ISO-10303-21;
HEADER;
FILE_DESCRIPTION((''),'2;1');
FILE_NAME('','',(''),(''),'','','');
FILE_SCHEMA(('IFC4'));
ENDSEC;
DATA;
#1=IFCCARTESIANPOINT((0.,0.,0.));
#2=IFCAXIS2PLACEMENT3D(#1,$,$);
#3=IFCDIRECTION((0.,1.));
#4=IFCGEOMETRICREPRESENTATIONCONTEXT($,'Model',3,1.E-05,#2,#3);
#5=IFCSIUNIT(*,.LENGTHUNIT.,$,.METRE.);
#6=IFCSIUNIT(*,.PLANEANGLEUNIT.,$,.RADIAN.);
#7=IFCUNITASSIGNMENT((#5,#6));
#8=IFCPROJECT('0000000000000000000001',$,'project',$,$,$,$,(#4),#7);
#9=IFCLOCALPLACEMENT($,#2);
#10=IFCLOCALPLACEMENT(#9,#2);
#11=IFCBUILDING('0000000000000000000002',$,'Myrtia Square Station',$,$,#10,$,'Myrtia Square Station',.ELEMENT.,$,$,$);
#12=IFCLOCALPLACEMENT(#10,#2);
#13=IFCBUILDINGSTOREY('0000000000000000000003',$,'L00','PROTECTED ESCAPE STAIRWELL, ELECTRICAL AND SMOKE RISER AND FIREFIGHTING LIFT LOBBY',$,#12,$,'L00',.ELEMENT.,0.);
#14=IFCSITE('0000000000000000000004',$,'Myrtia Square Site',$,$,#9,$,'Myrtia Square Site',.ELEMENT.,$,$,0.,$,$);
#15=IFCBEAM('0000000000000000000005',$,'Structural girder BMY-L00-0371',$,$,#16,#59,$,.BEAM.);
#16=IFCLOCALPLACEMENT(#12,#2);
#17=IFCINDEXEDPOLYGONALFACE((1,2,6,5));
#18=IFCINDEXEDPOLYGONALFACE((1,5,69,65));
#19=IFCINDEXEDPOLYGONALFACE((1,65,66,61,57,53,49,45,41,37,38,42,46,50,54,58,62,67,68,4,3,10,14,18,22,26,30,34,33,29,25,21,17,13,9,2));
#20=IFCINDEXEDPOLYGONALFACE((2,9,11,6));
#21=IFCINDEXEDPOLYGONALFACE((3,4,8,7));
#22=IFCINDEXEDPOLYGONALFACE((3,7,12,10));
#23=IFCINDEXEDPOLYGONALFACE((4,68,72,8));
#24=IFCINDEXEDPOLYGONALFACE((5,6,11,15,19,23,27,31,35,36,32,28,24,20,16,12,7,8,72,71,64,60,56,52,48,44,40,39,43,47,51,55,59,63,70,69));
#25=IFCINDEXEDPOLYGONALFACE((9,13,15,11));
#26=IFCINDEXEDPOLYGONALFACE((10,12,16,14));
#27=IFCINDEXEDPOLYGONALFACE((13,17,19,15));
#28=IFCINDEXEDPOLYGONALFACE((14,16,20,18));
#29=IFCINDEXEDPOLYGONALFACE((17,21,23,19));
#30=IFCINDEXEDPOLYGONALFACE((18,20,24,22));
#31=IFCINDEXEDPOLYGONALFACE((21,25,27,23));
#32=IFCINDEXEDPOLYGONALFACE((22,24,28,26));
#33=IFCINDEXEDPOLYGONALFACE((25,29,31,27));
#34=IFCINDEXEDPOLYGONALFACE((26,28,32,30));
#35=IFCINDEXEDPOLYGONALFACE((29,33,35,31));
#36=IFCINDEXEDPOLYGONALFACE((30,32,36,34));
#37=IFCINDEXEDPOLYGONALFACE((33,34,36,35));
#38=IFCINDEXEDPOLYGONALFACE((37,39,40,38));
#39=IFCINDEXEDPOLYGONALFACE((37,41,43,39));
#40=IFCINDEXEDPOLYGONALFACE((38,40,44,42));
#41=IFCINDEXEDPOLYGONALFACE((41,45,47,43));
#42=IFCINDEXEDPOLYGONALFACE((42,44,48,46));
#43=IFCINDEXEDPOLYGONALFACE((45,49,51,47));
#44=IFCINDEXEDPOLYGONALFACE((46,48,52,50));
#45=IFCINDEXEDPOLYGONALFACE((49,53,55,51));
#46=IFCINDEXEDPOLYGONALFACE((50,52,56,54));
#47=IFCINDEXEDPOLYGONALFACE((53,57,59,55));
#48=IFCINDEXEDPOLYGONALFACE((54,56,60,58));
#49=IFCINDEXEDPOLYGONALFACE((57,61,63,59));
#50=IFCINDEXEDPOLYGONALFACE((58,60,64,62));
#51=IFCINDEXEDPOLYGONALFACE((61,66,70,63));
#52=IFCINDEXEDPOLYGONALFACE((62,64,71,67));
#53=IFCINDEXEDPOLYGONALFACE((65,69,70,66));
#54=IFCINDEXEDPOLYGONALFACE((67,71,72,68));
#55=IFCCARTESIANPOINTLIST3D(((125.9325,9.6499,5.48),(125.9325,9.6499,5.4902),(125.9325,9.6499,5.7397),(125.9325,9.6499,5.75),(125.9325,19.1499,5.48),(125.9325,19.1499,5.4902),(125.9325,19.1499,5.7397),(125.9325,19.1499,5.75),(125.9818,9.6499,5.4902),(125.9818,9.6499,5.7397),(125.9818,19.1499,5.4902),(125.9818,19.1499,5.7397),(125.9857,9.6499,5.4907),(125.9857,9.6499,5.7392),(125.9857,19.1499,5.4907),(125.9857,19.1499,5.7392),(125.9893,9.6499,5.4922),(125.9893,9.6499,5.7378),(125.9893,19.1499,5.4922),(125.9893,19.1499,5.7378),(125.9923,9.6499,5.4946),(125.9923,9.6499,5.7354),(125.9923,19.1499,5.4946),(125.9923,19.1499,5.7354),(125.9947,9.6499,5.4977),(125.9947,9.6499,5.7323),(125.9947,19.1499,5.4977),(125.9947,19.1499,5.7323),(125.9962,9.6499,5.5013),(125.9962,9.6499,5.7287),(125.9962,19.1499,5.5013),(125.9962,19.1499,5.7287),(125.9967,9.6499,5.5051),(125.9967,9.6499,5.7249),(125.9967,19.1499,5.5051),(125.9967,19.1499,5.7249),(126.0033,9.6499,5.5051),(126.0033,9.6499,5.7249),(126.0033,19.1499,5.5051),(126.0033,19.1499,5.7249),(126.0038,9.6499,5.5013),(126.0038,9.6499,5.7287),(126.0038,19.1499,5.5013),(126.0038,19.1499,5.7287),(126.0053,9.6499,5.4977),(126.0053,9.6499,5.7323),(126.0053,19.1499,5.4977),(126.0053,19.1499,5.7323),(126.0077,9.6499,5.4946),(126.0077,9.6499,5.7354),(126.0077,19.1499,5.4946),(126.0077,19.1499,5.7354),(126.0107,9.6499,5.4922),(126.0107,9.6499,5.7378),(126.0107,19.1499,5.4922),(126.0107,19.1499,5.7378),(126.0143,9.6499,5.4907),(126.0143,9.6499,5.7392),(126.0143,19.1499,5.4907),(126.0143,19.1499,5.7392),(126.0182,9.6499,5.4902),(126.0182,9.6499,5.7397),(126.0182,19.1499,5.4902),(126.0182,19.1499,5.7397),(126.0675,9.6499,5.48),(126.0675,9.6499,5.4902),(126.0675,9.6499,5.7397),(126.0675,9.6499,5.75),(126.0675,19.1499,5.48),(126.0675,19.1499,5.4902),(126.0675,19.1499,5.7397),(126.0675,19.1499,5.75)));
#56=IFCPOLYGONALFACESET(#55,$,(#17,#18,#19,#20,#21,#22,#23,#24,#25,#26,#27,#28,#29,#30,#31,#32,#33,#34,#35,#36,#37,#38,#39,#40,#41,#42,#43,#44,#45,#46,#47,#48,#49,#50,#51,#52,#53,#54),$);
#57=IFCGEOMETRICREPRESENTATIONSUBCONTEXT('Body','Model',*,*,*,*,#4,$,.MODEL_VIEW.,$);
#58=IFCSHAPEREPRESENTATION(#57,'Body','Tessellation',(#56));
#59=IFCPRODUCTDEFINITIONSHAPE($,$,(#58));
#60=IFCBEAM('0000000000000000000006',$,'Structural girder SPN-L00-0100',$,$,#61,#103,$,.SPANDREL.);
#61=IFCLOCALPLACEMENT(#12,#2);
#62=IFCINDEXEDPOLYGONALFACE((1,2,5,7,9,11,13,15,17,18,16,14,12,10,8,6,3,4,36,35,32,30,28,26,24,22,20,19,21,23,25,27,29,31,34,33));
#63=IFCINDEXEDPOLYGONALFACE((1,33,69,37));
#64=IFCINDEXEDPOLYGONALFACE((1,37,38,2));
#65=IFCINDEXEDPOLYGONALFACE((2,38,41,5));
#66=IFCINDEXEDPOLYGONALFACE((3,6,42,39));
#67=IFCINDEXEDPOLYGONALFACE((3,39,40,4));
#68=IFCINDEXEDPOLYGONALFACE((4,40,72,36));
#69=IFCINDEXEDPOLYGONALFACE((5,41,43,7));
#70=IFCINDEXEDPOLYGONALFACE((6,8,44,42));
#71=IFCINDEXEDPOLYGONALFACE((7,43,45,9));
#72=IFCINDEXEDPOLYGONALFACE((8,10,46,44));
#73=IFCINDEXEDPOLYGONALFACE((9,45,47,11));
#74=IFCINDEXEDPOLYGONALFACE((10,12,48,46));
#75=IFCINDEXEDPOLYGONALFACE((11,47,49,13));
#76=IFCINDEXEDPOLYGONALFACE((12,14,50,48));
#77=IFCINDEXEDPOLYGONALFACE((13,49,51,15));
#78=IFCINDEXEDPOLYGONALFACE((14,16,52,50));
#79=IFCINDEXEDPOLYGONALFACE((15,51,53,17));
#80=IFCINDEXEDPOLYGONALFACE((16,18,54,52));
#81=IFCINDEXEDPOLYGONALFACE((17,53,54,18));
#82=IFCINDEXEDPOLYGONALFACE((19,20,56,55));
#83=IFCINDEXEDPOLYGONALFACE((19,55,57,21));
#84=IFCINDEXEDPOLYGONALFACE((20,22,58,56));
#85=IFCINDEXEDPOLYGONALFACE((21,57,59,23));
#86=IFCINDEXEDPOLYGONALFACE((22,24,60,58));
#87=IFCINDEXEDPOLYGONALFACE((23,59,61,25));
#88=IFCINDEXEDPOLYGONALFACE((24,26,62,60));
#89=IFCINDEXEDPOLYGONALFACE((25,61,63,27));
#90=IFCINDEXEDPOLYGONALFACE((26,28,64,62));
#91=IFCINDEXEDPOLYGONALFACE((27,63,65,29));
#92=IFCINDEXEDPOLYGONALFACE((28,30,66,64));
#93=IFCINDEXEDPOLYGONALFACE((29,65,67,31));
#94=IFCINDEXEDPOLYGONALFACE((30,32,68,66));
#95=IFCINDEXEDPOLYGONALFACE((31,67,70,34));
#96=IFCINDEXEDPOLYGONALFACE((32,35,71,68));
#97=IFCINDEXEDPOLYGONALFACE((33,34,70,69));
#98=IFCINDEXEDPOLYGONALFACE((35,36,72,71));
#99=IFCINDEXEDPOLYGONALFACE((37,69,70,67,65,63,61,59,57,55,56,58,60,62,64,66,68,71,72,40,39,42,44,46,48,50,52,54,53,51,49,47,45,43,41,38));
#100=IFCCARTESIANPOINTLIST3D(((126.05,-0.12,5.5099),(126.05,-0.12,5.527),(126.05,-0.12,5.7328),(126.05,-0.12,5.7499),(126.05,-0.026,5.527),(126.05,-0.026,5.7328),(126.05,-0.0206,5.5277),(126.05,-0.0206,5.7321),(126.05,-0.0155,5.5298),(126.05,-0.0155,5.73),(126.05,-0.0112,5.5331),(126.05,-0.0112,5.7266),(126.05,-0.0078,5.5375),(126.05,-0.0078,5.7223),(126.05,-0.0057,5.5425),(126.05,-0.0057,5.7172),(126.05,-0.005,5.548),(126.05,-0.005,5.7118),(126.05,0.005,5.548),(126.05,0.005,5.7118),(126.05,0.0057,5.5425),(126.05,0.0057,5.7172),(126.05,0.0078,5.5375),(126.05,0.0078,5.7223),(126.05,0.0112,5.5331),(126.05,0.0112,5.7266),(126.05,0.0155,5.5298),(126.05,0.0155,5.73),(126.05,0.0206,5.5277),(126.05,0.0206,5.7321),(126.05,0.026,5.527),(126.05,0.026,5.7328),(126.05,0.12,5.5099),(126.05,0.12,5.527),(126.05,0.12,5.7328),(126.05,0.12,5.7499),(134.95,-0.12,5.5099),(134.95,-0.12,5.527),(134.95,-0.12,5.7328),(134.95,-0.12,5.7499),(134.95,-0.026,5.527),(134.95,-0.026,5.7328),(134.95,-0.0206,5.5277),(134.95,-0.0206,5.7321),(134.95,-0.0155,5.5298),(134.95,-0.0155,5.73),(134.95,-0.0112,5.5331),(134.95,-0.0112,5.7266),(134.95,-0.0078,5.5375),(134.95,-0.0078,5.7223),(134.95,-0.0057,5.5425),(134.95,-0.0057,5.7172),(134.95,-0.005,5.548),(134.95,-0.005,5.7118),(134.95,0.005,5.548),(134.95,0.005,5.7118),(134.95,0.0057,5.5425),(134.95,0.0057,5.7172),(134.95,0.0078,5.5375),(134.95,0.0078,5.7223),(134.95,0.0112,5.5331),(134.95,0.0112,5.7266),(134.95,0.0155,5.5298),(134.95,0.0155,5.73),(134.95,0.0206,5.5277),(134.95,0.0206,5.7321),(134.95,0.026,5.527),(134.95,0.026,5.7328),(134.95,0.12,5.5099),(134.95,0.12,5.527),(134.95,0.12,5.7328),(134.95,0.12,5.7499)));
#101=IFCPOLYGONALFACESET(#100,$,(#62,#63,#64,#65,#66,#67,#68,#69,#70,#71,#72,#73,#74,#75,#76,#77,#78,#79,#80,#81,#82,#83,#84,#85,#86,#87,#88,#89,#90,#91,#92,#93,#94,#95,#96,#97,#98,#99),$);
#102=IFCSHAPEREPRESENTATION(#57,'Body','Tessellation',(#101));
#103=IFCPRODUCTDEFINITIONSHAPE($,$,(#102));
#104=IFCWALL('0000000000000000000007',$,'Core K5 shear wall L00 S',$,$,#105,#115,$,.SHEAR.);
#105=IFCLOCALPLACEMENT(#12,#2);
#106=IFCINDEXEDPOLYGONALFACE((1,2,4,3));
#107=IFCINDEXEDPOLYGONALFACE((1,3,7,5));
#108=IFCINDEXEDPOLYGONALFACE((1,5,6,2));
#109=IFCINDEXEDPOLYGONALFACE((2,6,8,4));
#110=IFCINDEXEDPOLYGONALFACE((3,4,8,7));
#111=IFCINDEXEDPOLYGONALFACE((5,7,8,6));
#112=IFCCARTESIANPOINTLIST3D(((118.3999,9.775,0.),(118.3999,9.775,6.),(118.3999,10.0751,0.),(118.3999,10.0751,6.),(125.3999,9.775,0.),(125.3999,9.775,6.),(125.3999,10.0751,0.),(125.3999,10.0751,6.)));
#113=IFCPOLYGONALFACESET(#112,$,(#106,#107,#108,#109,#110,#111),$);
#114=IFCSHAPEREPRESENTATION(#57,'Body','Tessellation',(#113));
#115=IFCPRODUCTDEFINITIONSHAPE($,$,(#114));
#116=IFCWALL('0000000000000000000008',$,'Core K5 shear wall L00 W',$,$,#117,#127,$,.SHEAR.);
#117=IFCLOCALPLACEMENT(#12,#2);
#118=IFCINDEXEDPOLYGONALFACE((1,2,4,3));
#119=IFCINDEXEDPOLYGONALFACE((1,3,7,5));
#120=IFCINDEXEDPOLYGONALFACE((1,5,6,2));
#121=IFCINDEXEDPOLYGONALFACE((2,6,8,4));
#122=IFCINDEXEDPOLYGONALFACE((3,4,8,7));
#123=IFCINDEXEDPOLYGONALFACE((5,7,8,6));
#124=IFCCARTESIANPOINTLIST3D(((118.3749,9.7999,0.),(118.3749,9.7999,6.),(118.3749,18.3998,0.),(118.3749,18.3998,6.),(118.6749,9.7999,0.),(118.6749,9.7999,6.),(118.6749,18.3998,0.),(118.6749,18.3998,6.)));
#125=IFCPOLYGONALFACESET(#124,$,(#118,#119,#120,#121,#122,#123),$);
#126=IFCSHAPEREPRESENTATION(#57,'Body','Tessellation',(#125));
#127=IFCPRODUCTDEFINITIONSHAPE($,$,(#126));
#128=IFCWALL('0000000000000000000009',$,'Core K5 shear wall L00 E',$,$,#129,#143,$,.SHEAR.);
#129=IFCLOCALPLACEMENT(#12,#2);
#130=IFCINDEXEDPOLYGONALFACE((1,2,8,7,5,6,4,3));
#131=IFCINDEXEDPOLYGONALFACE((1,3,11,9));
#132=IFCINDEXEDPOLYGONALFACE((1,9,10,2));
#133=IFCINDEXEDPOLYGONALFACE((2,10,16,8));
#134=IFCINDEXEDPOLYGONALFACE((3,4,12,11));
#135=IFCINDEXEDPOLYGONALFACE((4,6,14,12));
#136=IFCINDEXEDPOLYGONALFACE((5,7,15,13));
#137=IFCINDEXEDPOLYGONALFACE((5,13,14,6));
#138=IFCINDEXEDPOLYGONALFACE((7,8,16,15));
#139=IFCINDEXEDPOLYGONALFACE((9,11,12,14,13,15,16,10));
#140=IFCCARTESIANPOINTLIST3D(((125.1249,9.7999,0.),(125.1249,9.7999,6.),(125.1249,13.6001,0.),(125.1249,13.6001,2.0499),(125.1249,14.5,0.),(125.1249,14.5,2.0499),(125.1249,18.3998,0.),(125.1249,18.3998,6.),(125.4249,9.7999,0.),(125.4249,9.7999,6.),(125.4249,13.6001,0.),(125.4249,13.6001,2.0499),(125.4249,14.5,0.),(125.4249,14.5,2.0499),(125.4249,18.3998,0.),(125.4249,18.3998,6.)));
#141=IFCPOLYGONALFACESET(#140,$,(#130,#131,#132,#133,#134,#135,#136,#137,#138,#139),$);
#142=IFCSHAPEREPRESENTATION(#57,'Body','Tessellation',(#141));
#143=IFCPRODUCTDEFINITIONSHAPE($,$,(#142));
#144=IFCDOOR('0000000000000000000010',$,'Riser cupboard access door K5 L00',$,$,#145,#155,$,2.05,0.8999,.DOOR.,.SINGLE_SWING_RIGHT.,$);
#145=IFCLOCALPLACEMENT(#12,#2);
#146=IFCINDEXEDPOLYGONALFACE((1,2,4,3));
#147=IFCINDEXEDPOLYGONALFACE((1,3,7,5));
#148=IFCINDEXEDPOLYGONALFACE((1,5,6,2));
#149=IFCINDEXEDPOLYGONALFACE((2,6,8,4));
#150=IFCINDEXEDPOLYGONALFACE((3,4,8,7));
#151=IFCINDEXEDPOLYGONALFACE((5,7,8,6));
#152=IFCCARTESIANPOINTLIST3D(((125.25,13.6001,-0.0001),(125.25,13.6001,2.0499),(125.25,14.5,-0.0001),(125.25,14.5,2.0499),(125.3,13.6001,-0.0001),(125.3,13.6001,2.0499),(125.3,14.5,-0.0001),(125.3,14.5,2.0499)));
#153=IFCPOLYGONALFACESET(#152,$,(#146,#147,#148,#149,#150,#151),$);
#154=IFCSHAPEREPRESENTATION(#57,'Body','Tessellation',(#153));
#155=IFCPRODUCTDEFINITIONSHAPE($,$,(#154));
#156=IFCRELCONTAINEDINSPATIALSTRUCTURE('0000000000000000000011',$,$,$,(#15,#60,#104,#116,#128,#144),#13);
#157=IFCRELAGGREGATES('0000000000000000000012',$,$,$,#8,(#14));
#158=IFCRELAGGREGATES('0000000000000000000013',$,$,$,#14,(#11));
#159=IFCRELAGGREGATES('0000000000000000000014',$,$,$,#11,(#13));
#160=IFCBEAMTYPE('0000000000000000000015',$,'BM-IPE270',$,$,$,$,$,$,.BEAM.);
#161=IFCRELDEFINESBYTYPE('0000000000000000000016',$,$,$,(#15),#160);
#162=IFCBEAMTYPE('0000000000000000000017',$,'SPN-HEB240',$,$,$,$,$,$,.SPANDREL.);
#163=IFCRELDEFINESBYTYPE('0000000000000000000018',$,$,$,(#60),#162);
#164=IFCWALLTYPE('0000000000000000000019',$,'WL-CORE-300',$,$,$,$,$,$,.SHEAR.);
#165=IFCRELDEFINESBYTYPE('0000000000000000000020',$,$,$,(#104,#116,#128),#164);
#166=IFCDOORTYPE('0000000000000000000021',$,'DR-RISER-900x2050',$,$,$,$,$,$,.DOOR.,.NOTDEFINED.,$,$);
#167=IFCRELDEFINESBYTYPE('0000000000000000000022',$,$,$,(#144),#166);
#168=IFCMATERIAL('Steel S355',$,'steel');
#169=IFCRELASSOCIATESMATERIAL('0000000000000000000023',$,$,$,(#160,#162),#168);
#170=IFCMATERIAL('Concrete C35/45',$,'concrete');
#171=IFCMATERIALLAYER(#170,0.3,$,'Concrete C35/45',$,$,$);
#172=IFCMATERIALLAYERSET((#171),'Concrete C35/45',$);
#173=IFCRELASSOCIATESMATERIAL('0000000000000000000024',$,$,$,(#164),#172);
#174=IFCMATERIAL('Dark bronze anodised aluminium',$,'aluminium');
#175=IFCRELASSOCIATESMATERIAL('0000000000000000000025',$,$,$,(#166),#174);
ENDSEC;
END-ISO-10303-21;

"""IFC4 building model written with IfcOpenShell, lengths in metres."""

from ifc_helpers import new_model, si_unit, direction, frame, frame_2d, origin, origin_2d, place, context, subcontext, project, spatial, rectangle, i_section, extrude, material, layer, layer_set, material_profile, profile_set, type_object, element, fill, save


model = new_model("IFC4")

# Units and contexts
model_context = context("Model", 3, precision=1e-05, world=origin(), true_north=direction((0.0, 1.0)))
body_context = subcontext(model_context, "Body", "Model", "MODEL_VIEW")
ifc_project = project(units=[si_unit("LENGTHUNIT", "METRE"), si_unit("PLANEANGLEUNIT", "RADIAN")], contexts=[model_context])

# Site, building, storey
site_placement = place(None, origin())
site = spatial("IfcSite", under=ifc_project, at=site_placement, Name="Myrtia Square Site", LongName="Myrtia Square Site", CompositionType="ELEMENT", RefElevation=0.0)
building_placement = place(site_placement, origin())
building = spatial("IfcBuilding", under=site, at=building_placement, Name="Myrtia Square Station", LongName="Myrtia Square Station", CompositionType="ELEMENT")
storey_placement = place(building_placement, origin())
storey = spatial("IfcBuildingStorey", under=building, at=storey_placement, Name="L00", Description="PROTECTED ESCAPE STAIRWELL, ELECTRICAL AND SMOKE RISER AND FIREFIGHTING LIFT LOBBY", LongName="L00", CompositionType="ELEMENT", Elevation=0.0)

# Shared definitions
ifc_material_1 = material(Name="Steel S355", Category="steel")

# Beams
ifc_material_profile_1 = material_profile(ifc_material_1, i_section(OverallWidth=0.135, OverallDepth=0.27, WebThickness=0.0066, FlangeThickness=0.0103, FilletRadius=0.0149, at=origin_2d()), Name="IPE 270")
ifc_profile_set_1 = profile_set([ifc_material_profile_1], Name="Steel S355")
beam_type_1 = type_object("IfcBeamType", Name="BM-IPE270", PredefinedType="BEAM", material=ifc_profile_set_1)
for number, where, z_axis, x_axis, name in (
    (1, (126.0, 9.6499, 5.615), (0.0, 1.0, 0.0), (-1.0, 0.0, 0.0), "Structural girder BMY-L00-0371"),
):
    element("IfcBeam", number, at=place(storey_placement, frame(where, z_axis=z_axis, x_axis=x_axis)), inside=storey, type_object=beam_type_1, Name=name, PredefinedType="BEAM", context=body_context, shape_type="SweptSolid", body=[
        extrude(i_section(OverallWidth=0.135, OverallDepth=0.27, WebThickness=0.0066, FlangeThickness=0.0103, FilletRadius=0.0149, at=origin_2d()), origin(), (0.0, 0.0, 1.0), 9.5),
    ])
ifc_material_profile_2 = material_profile(ifc_material_1, i_section(OverallWidth=0.24, OverallDepth=0.24, WebThickness=0.01, FlangeThickness=0.0171, FilletRadius=0.021, at=origin_2d()), Name="HEB 240")
ifc_profile_set_2 = profile_set([ifc_material_profile_2], Name="Steel S355")
beam_type_2 = type_object("IfcBeamType", Name="SPN-HEB240", PredefinedType="SPANDREL", material=ifc_profile_set_2)
beam_1_placement = place(storey_placement, frame((126.05, 0.0, 5.6299), z_axis=(1.0, 0.0, 0.0), x_axis=(0.0, 1.0, 0.0)))
element("IfcBeam", 2, at=beam_1_placement, inside=storey, type_object=beam_type_2, Name="Structural girder SPN-L00-0100", PredefinedType="SPANDREL", context=body_context, shape_type="SweptSolid", body=[
    extrude(i_section(OverallWidth=0.24, OverallDepth=0.24, WebThickness=0.01, FlangeThickness=0.0171, FilletRadius=0.021, at=origin_2d()), origin(), (0.0, 0.0, 1.0), 8.8999),
])

# Walls
ifc_material_2 = material(Name="Concrete C35/45", Category="concrete")
ifc_layer_1 = layer(ifc_material_2, 0.3, Name="Concrete C35/45")
ifc_layer_set_1 = layer_set([ifc_layer_1], Name="Concrete C35/45")
wall_type_1 = type_object("IfcWallType", Name="WL-CORE-300", PredefinedType="SHEAR", material=ifc_layer_set_1)
wall_1_placement = place(storey_placement, frame((118.3999, 9.925, 0.0), z_axis=(0.0, 0.0, 1.0), x_axis=(1.0, 0.0, 0.0)))
element("IfcWall", 3, at=wall_1_placement, inside=storey, type_object=wall_type_1, Name="Core K5 shear wall L00 S", PredefinedType="SHEAR", context=body_context, shape_type="SweptSolid", body=[
    extrude(rectangle(XDim=7.0, YDim=0.3, at=frame_2d((3.5, 0.0))), origin(), (0.0, 0.0, 1.0), 6.0),
])
wall_2_placement = place(storey_placement, frame((118.5249, 9.8, 0.0), z_axis=(0.0, 0.0, 1.0), x_axis=(0.0, 1.0, 0.0)))
element("IfcWall", 4, at=wall_2_placement, inside=storey, type_object=wall_type_1, Name="Core K5 shear wall L00 W", PredefinedType="SHEAR", context=body_context, shape_type="SweptSolid", body=[
    extrude(rectangle(XDim=8.5999, YDim=0.3, at=frame_2d((4.2998, 0.0))), origin(), (0.0, 0.0, 1.0), 6.0),
])

# Wall, opening, door
wall_3_placement = place(storey_placement, frame((125.2749, 9.8, 0.0), z_axis=(0.0, 0.0, 1.0), x_axis=(0.0, 1.0, 0.0)))
wall_3 = element("IfcWall", 5, at=wall_3_placement, inside=storey, type_object=wall_type_1, Name="Core K5 shear wall L00 E", PredefinedType="SHEAR", context=body_context, shape_type="SweptSolid", body=[
    extrude(rectangle(XDim=8.5999, YDim=0.3, at=frame_2d((4.2998, 0.0))), origin(), (0.0, 0.0, 1.0), 6.0),
])
opening_1_placement = place(wall_3_placement, frame((3.8, 0.0, 0.0)))
opening_1 = element("IfcOpeningElement", 6, at=opening_1_placement, cuts=wall_3, PredefinedType="OPENING", context=body_context, shape_type="SweptSolid", body=[
    extrude(rectangle(XDim=0.8999, YDim=2.05, at=frame_2d((0.45, 1.0249))), frame((0.0, 0.165, 0.0), z_axis=(0.0, -1.0, 0.0), x_axis=(1.0, 0.0, 0.0)), (0.0, 0.0, 1.0), 0.3301),
])
ifc_material_3 = material(Name="Dark bronze anodised aluminium", Category="aluminium")
door_type_1 = type_object("IfcDoorType", Name="DR-RISER-900x2050", OperationType="NOTDEFINED", PredefinedType="DOOR", material=ifc_material_3)
door_1_placement = place(opening_1_placement, origin())
door_1 = element("IfcDoor", 7, at=door_1_placement, inside=storey, type_object=door_type_1, Name="Riser cupboard access door K5 L00", OperationType="SINGLE_SWING_RIGHT", OverallHeight=2.05, OverallWidth=0.8999, PredefinedType="DOOR", context=body_context, shape_type="SweptSolid", body=[
    extrude(rectangle(XDim=0.8999, YDim=2.05, at=frame_2d((0.45, 1.0249))), frame((0.0, 0.0249, 0.0), z_axis=(0.0, -1.0, 0.0), x_axis=(1.0, 0.0, 0.0)), (0.0, 0.0, 1.0), 0.05),
])
fill(opening_1, door_1)

save(model, "model.ifc")
